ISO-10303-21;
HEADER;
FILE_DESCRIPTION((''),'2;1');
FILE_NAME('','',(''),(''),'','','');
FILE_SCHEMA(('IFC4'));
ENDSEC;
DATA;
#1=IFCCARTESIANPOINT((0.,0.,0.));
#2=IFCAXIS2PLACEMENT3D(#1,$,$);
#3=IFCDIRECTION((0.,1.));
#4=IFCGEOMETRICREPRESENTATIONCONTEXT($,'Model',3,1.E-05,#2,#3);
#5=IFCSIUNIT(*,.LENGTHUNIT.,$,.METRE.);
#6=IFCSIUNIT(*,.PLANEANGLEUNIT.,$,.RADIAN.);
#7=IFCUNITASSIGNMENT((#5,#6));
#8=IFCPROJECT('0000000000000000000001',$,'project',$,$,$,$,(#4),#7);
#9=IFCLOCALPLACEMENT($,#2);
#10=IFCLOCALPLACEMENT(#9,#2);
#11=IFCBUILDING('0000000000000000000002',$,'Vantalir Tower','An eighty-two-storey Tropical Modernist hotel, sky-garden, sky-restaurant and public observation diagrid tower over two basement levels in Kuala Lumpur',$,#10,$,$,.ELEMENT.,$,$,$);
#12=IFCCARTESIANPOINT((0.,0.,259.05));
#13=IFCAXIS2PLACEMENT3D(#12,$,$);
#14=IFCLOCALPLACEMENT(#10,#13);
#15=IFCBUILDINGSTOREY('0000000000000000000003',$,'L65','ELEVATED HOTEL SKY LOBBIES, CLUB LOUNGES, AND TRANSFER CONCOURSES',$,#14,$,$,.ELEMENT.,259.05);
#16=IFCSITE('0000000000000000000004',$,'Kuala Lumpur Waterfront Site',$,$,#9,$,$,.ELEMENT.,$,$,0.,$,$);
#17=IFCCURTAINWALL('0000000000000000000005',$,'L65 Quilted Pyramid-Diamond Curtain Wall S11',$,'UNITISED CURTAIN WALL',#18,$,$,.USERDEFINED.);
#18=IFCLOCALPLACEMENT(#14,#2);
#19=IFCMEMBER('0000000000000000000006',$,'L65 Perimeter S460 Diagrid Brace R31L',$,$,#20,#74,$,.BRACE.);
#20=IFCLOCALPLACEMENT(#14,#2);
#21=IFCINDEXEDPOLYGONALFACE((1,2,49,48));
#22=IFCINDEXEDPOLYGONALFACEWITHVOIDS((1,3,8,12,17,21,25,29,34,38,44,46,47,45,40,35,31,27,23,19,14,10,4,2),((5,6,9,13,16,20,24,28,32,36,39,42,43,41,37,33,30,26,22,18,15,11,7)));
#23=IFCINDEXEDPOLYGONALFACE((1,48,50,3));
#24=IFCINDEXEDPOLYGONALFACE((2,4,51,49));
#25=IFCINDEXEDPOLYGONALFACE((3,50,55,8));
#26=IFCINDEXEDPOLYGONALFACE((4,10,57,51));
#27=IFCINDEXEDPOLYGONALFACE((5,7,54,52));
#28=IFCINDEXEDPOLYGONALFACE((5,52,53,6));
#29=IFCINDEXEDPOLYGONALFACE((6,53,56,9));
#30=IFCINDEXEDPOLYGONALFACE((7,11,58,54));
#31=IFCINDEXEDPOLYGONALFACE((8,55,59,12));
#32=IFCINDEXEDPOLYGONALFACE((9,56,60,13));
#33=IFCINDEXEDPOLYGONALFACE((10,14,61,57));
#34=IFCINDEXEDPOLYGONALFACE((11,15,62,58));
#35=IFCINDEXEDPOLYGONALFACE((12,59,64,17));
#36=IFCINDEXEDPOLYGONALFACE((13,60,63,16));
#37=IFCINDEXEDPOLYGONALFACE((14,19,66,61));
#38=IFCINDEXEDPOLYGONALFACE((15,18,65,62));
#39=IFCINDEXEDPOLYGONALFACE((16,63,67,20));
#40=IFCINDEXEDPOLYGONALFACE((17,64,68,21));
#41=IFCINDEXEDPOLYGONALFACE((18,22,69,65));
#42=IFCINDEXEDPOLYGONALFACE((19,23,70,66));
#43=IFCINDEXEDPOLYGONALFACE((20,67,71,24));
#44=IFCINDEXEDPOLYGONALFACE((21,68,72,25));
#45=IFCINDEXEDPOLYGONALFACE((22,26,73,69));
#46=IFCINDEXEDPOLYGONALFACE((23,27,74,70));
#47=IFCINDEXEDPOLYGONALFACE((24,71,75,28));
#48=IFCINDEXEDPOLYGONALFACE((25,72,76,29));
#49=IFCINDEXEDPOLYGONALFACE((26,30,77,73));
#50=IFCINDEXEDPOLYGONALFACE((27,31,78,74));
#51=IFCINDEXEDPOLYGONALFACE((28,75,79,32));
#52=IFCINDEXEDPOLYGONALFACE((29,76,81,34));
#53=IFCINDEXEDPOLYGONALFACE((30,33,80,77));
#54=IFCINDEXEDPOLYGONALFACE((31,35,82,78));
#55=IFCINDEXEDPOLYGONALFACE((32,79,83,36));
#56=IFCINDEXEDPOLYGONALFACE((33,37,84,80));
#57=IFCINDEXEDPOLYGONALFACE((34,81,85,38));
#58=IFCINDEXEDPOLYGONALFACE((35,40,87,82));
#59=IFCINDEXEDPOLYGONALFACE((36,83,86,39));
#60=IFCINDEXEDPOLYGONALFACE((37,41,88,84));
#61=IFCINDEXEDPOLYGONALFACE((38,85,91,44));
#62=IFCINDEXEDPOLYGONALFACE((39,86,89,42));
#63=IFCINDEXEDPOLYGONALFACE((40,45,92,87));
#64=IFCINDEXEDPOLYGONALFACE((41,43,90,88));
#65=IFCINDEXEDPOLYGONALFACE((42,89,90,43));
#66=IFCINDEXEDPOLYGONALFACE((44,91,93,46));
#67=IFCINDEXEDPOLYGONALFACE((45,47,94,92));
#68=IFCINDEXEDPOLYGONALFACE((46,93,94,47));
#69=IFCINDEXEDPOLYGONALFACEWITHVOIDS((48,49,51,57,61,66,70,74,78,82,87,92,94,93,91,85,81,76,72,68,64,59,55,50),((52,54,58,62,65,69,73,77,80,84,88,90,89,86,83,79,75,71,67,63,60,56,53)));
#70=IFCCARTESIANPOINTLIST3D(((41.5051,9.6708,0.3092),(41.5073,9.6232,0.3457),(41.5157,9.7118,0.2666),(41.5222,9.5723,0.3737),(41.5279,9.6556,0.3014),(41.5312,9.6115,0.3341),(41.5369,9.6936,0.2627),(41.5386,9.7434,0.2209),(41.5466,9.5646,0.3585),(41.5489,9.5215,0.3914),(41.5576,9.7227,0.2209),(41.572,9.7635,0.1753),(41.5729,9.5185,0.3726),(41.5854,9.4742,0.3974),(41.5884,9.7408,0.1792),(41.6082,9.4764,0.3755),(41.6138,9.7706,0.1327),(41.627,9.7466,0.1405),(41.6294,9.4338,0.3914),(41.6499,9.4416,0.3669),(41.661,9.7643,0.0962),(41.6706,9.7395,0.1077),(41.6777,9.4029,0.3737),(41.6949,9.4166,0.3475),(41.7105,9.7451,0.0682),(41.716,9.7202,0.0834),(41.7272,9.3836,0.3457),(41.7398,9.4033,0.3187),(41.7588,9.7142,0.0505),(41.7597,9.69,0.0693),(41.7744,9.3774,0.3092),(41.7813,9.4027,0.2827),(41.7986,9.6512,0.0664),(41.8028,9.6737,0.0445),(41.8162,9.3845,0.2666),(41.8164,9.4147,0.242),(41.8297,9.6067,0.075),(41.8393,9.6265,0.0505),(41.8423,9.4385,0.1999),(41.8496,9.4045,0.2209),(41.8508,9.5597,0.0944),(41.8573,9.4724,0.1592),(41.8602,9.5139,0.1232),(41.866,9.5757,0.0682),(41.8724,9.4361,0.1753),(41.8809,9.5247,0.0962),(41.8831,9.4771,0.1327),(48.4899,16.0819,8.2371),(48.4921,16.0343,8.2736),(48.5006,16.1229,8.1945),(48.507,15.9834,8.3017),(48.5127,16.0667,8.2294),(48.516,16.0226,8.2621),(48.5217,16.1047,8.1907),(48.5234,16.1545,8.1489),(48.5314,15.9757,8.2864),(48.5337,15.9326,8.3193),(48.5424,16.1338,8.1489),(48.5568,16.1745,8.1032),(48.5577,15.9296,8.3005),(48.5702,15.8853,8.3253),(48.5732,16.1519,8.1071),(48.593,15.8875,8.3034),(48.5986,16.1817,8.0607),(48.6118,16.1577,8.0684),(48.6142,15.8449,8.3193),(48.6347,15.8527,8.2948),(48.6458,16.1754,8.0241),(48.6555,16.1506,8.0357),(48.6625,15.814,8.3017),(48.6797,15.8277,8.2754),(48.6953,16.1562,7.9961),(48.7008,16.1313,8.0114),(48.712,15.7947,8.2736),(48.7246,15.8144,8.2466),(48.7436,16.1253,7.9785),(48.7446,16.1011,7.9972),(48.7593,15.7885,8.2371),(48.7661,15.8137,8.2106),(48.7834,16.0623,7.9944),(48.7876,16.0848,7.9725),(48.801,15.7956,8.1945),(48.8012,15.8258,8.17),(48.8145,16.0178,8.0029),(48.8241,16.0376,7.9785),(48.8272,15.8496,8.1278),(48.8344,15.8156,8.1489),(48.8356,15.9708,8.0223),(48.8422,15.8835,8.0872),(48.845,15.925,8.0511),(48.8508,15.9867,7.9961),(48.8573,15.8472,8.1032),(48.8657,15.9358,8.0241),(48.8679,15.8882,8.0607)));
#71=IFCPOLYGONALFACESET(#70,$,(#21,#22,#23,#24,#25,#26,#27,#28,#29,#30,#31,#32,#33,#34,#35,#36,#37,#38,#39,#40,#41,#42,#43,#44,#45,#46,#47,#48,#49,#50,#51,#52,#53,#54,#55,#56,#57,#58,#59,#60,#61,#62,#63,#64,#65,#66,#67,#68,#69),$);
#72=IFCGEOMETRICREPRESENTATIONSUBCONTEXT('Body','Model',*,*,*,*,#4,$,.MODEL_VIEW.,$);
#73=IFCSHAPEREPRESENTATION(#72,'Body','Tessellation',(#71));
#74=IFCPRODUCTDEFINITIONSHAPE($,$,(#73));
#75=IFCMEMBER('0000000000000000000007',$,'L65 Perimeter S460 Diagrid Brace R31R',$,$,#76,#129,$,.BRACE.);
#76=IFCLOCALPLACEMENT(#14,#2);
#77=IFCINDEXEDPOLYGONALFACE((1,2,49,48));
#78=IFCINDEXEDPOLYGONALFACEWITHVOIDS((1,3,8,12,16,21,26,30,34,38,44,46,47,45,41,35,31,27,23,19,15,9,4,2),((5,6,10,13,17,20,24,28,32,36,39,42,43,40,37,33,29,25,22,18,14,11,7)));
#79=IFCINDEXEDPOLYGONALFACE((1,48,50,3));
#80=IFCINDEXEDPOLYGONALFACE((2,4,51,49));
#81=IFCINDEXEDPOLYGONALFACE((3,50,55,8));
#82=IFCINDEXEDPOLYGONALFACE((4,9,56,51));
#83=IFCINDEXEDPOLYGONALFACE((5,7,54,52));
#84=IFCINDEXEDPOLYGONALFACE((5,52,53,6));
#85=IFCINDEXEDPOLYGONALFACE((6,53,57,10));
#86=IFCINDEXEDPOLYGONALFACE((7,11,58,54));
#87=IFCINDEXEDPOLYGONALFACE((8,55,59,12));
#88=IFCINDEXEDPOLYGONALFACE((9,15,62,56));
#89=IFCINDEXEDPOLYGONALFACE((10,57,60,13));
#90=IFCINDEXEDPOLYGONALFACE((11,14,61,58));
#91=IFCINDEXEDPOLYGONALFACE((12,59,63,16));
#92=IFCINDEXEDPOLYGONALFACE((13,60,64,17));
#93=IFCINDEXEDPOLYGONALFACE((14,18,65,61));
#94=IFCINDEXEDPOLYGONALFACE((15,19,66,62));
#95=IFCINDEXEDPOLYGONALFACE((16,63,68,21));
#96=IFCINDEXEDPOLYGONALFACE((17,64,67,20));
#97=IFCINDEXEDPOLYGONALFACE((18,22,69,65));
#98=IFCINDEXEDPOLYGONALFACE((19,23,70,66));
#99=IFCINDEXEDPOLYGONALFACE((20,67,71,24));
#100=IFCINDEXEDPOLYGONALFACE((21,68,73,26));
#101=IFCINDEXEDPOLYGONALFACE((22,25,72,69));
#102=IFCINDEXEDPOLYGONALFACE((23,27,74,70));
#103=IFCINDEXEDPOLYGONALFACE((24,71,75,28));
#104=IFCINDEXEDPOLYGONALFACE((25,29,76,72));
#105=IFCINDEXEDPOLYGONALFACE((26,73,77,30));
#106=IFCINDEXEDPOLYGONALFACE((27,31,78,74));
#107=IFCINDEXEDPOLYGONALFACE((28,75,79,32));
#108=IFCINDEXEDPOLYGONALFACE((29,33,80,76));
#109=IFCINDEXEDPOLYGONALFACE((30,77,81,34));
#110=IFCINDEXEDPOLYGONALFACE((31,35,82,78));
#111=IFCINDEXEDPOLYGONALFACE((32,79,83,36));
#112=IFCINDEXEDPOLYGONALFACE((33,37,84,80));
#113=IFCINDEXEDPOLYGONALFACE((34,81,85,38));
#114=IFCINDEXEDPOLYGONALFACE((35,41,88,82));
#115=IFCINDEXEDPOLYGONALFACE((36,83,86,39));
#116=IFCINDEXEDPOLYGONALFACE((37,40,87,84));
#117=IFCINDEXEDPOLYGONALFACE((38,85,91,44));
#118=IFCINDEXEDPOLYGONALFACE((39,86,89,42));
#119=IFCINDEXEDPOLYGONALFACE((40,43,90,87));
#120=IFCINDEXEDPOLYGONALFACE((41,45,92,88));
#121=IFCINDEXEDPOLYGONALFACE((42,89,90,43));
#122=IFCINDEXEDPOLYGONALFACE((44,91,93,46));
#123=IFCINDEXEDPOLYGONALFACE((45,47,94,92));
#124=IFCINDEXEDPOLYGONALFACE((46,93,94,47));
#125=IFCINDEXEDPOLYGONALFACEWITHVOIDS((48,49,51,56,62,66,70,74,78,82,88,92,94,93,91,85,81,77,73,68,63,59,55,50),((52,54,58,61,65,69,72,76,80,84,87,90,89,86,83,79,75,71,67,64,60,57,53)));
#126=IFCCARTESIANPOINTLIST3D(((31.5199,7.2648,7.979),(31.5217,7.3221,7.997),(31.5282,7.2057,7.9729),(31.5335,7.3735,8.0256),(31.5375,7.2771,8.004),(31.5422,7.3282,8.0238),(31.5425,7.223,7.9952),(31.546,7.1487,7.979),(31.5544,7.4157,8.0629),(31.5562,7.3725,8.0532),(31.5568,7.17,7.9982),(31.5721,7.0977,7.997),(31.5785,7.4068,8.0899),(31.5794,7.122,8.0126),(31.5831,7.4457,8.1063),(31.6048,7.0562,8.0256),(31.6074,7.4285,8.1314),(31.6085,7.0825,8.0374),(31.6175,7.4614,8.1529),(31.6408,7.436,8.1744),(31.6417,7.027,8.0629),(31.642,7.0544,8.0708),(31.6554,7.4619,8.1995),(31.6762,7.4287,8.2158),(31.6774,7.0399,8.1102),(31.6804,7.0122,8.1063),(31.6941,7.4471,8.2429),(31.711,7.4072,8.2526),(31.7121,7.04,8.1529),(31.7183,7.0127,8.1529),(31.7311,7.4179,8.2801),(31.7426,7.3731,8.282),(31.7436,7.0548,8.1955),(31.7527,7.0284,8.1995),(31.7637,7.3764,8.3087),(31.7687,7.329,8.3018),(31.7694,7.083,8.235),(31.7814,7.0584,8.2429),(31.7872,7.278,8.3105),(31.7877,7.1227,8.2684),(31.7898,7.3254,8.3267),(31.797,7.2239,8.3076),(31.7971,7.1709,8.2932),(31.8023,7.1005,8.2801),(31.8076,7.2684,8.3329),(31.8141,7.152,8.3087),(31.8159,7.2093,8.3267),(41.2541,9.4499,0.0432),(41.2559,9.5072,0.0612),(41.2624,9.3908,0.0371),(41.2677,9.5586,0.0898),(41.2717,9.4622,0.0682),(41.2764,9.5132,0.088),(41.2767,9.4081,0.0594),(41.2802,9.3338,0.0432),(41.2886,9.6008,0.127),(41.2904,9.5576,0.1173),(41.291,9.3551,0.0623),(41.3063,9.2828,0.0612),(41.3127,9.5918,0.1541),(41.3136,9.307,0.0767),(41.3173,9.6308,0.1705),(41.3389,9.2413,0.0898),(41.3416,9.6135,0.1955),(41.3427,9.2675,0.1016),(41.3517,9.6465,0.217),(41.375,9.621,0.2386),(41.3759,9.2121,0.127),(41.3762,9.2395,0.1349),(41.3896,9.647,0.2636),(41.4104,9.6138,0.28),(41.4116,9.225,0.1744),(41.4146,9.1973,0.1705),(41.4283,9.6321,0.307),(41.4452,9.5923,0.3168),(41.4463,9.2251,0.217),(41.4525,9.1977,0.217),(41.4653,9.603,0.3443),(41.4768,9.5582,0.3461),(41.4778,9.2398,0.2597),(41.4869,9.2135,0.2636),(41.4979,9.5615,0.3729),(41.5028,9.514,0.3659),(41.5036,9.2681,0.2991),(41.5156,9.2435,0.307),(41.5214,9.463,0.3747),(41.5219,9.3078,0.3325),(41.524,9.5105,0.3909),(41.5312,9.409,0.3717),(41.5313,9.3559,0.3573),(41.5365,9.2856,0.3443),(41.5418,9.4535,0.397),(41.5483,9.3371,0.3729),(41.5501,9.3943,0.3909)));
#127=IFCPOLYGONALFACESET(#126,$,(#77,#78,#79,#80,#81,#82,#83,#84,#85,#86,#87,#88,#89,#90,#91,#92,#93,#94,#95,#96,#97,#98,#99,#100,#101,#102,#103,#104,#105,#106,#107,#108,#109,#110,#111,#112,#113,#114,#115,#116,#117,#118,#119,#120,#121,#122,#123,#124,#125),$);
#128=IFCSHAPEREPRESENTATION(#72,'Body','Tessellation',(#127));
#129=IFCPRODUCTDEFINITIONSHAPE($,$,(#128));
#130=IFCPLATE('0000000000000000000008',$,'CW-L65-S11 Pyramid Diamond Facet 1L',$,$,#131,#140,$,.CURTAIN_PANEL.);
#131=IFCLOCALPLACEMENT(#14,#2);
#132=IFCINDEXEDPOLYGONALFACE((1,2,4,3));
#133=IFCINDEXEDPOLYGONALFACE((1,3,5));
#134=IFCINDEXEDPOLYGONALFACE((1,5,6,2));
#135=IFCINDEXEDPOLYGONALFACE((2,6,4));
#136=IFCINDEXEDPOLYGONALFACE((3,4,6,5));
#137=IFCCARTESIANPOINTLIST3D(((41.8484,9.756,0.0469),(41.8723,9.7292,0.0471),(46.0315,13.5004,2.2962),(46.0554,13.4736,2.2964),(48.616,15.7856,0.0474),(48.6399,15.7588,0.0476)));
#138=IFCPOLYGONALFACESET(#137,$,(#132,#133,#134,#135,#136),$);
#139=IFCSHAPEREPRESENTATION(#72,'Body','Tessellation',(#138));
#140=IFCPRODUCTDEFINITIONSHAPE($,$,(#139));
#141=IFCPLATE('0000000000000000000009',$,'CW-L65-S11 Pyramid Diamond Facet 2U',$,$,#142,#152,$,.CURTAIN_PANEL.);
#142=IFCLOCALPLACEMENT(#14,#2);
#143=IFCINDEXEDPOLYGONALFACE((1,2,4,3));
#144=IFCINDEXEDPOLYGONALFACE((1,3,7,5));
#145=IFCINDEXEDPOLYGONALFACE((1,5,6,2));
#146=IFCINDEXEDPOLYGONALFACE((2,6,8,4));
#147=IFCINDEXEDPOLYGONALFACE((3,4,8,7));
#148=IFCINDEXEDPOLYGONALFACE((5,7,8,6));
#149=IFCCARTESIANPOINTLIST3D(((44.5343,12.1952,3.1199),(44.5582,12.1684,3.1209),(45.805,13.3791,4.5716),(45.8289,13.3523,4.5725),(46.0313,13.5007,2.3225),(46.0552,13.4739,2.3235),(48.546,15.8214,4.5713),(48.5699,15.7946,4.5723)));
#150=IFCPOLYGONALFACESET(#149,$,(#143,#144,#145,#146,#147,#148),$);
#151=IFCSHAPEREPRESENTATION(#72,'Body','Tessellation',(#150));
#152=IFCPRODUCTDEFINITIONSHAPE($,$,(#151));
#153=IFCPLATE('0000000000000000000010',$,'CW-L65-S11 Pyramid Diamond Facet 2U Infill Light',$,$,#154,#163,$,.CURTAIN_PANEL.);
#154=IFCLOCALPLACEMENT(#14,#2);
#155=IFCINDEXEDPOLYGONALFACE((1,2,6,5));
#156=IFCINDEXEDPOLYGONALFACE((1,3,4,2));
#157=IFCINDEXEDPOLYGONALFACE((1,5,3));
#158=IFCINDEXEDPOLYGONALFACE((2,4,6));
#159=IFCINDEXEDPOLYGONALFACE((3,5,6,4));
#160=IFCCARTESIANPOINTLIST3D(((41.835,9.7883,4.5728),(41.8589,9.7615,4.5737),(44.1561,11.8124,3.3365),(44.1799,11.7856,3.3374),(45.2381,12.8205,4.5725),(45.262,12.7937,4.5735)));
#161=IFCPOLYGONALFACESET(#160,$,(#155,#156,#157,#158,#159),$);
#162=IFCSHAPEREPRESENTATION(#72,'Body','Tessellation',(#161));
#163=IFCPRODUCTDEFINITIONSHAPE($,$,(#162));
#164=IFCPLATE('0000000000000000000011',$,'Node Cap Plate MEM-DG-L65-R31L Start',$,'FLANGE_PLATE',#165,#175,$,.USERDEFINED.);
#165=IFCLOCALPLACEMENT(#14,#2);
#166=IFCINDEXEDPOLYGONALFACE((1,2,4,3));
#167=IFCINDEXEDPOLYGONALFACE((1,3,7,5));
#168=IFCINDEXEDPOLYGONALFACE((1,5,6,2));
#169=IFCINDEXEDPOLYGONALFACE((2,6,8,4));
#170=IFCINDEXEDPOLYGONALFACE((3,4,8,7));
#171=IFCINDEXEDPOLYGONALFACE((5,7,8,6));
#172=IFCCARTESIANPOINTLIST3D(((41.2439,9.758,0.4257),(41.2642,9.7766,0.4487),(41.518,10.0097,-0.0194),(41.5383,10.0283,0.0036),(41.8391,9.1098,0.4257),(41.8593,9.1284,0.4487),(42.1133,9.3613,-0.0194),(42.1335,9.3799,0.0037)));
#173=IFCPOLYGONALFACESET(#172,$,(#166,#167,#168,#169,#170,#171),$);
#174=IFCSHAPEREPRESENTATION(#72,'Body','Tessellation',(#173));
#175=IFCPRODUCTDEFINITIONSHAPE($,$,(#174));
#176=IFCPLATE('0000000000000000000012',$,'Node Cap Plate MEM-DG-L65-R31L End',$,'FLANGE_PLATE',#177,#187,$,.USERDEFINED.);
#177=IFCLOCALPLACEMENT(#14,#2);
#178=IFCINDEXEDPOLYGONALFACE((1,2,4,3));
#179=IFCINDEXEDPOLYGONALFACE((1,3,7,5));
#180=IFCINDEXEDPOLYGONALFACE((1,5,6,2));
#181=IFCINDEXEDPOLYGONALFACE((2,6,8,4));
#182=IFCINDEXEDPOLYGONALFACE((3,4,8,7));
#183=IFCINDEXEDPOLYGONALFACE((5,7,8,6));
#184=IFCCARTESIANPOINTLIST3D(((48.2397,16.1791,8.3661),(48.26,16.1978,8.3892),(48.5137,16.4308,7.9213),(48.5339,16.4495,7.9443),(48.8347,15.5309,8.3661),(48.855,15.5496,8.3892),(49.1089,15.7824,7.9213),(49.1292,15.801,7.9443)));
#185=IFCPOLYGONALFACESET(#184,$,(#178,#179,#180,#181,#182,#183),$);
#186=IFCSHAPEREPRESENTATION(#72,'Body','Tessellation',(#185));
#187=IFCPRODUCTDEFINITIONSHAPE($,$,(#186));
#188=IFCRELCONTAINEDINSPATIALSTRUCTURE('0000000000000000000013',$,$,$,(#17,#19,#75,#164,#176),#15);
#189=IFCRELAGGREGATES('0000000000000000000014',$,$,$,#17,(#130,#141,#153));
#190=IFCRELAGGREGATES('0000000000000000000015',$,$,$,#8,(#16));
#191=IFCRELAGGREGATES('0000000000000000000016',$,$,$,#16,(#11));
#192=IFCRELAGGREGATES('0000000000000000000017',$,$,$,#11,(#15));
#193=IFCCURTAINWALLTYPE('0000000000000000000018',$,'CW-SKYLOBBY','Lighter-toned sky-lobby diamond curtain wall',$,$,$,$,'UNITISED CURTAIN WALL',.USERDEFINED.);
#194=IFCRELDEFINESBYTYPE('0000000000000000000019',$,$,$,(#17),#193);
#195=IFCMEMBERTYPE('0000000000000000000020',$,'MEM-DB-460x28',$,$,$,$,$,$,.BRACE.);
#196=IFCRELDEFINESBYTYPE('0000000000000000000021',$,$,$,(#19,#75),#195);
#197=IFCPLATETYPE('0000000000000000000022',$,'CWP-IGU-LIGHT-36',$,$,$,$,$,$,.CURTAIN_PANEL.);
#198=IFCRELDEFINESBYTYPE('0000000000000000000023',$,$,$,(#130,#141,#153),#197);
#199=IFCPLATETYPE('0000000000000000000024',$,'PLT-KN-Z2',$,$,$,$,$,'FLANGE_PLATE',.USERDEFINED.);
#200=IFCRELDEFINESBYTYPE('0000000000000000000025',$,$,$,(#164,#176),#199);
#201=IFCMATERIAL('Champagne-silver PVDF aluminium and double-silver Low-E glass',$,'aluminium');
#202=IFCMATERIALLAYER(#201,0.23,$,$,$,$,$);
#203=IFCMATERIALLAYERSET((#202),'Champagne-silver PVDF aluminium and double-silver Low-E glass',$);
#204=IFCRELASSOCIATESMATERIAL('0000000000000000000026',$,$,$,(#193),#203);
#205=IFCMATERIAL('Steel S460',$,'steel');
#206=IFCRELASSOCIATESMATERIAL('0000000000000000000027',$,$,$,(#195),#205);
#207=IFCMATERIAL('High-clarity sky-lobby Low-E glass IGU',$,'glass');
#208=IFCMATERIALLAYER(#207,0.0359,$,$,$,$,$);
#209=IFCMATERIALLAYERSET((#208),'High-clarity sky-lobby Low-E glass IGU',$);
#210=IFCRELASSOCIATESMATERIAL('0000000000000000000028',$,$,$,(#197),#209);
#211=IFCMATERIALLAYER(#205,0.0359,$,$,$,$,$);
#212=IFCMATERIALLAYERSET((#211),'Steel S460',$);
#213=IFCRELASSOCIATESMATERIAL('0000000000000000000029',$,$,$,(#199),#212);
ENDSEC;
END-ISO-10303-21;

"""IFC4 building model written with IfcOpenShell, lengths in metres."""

from ifc_helpers import new_model, si_unit, direction, frame, origin, origin_2d, place, context, subcontext, project, spatial, polyline, hollow_circle, outline, extrude, material, layer, layer_set, material_profile, profile_set, type_object, element, aggregate, save


model = new_model("IFC4")

# Units and contexts
model_context = context("Model", 3, precision=1e-05, world=origin(), true_north=direction((0.0, 1.0)))
body_context = subcontext(model_context, "Body", "Model", "MODEL_VIEW")
ifc_project = project(units=[si_unit("LENGTHUNIT", "METRE"), si_unit("PLANEANGLEUNIT", "RADIAN")], contexts=[model_context])

# Site, building, storey
site_placement = place(None, origin())
site = spatial("IfcSite", under=ifc_project, at=site_placement, Name="Kuala Lumpur Waterfront Site", CompositionType="ELEMENT", RefElevation=0.0)
building_placement = place(site_placement, origin())
building = spatial("IfcBuilding", under=site, at=building_placement, Name="Vantalir Tower", Description="An eighty-two-storey Tropical Modernist hotel, sky-garden, sky-restaurant and public observation diagrid tower over two basement levels in Kuala Lumpur", CompositionType="ELEMENT")
storey_placement = place(building_placement, frame((0.0, 0.0, 259.05)))
storey = spatial("IfcBuildingStorey", under=building, at=storey_placement, Name="L65", Description="ELEVATED HOTEL SKY LOBBIES, CLUB LOUNGES, AND TRANSFER CONCOURSES", CompositionType="ELEMENT", Elevation=259.05)

# Shared definitions
ifc_material_1 = material(Name="Steel S460", Category="steel")

# Shared definitions
ifc_material_2 = material(Name="Champagne-silver PVDF aluminium and double-silver Low-E glass", Category="aluminium")
ifc_layer_1 = layer(ifc_material_2, 0.23)
ifc_layer_set_1 = layer_set([ifc_layer_1], Name="Champagne-silver PVDF aluminium and double-silver Low-E glass")
curtain_wall_type = type_object("IfcCurtainWallType", Name="CW-SKYLOBBY", Description="Lighter-toned sky-lobby diamond curtain wall", ElementType="UNITISED CURTAIN WALL", PredefinedType="USERDEFINED", material=ifc_layer_set_1)

# Curtain wall
curtain_wall_1_placement = place(storey_placement, origin())
curtain_wall_1 = element("IfcCurtainWall", 1, at=curtain_wall_1_placement, inside=storey, type_object=curtain_wall_type, Name="L65 Quilted Pyramid-Diamond Curtain Wall S11", ObjectType="UNITISED CURTAIN WALL", PredefinedType="USERDEFINED")

# Members
ifc_material_profile_1 = material_profile(ifc_material_1, hollow_circle(Radius=0.23, WallThickness=0.0281, at=origin_2d()), Name="Steel S460")
ifc_profile_set_1 = profile_set([ifc_material_profile_1], Name="Steel S460")
member_type_1 = type_object("IfcMemberType", Name="MEM-DB-460x28", PredefinedType="BRACE", material=ifc_profile_set_1)
member_1_placement = place(storey_placement, frame((41.6941, 9.574, 0.2209), z_axis=(0.565166, 0.518744, 0.641476), x_axis=(-0.676203, 0.736716, 0.0)))
element("IfcMember", 2, at=member_1_placement, inside=storey, type_object=member_type_1, Name="L65 Perimeter S460 Diagrid Brace R31L", PredefinedType="BRACE", context=body_context, shape_type="SweptSolid", body=[
    extrude(hollow_circle(Radius=0.23, WallThickness=0.0281, at=origin_2d()), origin(), (0.0, 0.0, 1.0), 12.3589),
])
member_2_placement = place(storey_placement, frame((41.4021, 9.4221, 0.217), z_axis=(-0.763597, -0.171408, 0.622526), x_axis=(0.219024, -0.97572, 0.0)))
element("IfcMember", 3, at=member_2_placement, inside=storey, type_object=member_type_1, Name="L65 Perimeter S460 Diagrid Brace R31R", PredefinedType="BRACE", context=body_context, shape_type="SweptSolid", body=[
    extrude(hollow_circle(Radius=0.23, WallThickness=0.0281, at=origin_2d()), origin(), (0.0, 0.0, 1.0), 12.7478),
])

# Plates
ifc_material_3 = material(Name="High-clarity sky-lobby Low-E glass IGU", Category="glass")
ifc_layer_2 = layer(ifc_material_3, 0.0359)
ifc_layer_set_2 = layer_set([ifc_layer_2], Name="High-clarity sky-lobby Low-E glass IGU")
plate_type_1 = type_object("IfcPlateType", Name="CWP-IGU-LIGHT-36", PredefinedType="CURTAIN_PANEL", material=ifc_layer_set_2)
plate_1_placement = place(storey_placement, frame((41.8723, 9.7292, 0.0471), z_axis=(0.66521, -0.746634, 0.005799), x_axis=(0.746646, 0.665221, 0.000054)))
plate_1 = element("IfcPlate", 4, at=plate_1_placement, type_object=plate_type_1, Name="CW-L65-S11 Pyramid Diamond Facet 1L", PredefinedType="CURTAIN_PANEL", context=body_context, shape_type="SweptSolid", body=[
    extrude(outline(polyline([(0.0, 0.0), (9.064, 0.0), (5.6143, 2.249), (0.0, 0.0)])), origin(), (0.0, 0.0, -1.0), 0.0359),
])
plate_2_placement = place(storey_placement, frame((45.8289, 13.3523, 4.5725), z_axis=(0.66502, -0.746353, 0.026573), x_axis=(0.746618, 0.665253, -0.000066)))
plate_2 = element("IfcPlate", 5, at=plate_2_placement, type_object=plate_type_1, Name="CW-L65-S11 Pyramid Diamond Facet 2U", PredefinedType="CURTAIN_PANEL", context=body_context, shape_type="SweptSolid", body=[
    extrude(outline(polyline([(0.0, 0.0), (3.6713, 0.0), (0.25, -2.2498), (-1.7362, -1.4523), (0.0, 0.0)])), origin(), (0.0, 0.0, -1.0), 0.0359),
])
plate_3_placement = place(storey_placement, frame((41.8589, 9.7615, 4.5737), z_axis=(0.665021, -0.746353, 0.026529), x_axis=(0.746617, 0.665254, -0.000054)))
plate_3 = element("IfcPlate", 6, at=plate_3_placement, type_object=plate_type_1, Name="CW-L65-S11 Pyramid Diamond Facet 2U Infill Light", PredefinedType="CURTAIN_PANEL", context=body_context, shape_type="SweptSolid", body=[
    extrude(outline(polyline([(0.0, 0.0), (4.558, 0.0), (3.0796, -1.2366), (0.0, 0.0)])), origin(), (0.0, 0.0, -1.0), 0.0359),
])
aggregate(curtain_wall_1, [plate_1, plate_2, plate_3])

# Plates
ifc_layer_3 = layer(ifc_material_1, 0.0359)
ifc_layer_set_3 = layer_set([ifc_layer_3], Name="Steel S460")
plate_type_2 = type_object("IfcPlateType", Name="PLT-KN-Z2", ElementType="FLANGE_PLATE", PredefinedType="USERDEFINED", material=ifc_layer_set_3)
plate_4_placement = place(storey_placement, frame((42.1335, 9.3799, 0.0037), z_axis=(0.565133, 0.518846, 0.641423), x_axis=(-0.676268, 0.736656, -0.000046)))
element("IfcPlate", 7, at=plate_4_placement, inside=storey, type_object=plate_type_2, Name="Node Cap Plate MEM-DG-L65-R31L Start", ObjectType="FLANGE_PLATE", PredefinedType="USERDEFINED", context=body_context, shape_type="SweptSolid", body=[
    extrude(outline(polyline([(0.0, 0.0), (0.8802, 0.0), (0.8802, 0.5802), (0.0001, 0.5801), (0.0, 0.0)])), origin(), (0.0, 0.0, -1.0), 0.0359),
])
plate_5_placement = place(storey_placement, frame((49.1292, 15.801, 7.9443), z_axis=(0.565115, 0.518722, 0.641539), x_axis=(-0.676223, 0.736697, 0.000004)))
element("IfcPlate", 8, at=plate_5_placement, inside=storey, type_object=plate_type_2, Name="Node Cap Plate MEM-DG-L65-R31L End", ObjectType="FLANGE_PLATE", PredefinedType="USERDEFINED", context=body_context, shape_type="SweptSolid", body=[
    extrude(outline(polyline([(0.0, 0.0), (0.8802, 0.0), (0.88, 0.5799), (0.0001, 0.5799), (0.0, 0.0)])), origin(), (0.0, 0.0, -1.0), 0.0359),
])

save(model, "model.ifc")
